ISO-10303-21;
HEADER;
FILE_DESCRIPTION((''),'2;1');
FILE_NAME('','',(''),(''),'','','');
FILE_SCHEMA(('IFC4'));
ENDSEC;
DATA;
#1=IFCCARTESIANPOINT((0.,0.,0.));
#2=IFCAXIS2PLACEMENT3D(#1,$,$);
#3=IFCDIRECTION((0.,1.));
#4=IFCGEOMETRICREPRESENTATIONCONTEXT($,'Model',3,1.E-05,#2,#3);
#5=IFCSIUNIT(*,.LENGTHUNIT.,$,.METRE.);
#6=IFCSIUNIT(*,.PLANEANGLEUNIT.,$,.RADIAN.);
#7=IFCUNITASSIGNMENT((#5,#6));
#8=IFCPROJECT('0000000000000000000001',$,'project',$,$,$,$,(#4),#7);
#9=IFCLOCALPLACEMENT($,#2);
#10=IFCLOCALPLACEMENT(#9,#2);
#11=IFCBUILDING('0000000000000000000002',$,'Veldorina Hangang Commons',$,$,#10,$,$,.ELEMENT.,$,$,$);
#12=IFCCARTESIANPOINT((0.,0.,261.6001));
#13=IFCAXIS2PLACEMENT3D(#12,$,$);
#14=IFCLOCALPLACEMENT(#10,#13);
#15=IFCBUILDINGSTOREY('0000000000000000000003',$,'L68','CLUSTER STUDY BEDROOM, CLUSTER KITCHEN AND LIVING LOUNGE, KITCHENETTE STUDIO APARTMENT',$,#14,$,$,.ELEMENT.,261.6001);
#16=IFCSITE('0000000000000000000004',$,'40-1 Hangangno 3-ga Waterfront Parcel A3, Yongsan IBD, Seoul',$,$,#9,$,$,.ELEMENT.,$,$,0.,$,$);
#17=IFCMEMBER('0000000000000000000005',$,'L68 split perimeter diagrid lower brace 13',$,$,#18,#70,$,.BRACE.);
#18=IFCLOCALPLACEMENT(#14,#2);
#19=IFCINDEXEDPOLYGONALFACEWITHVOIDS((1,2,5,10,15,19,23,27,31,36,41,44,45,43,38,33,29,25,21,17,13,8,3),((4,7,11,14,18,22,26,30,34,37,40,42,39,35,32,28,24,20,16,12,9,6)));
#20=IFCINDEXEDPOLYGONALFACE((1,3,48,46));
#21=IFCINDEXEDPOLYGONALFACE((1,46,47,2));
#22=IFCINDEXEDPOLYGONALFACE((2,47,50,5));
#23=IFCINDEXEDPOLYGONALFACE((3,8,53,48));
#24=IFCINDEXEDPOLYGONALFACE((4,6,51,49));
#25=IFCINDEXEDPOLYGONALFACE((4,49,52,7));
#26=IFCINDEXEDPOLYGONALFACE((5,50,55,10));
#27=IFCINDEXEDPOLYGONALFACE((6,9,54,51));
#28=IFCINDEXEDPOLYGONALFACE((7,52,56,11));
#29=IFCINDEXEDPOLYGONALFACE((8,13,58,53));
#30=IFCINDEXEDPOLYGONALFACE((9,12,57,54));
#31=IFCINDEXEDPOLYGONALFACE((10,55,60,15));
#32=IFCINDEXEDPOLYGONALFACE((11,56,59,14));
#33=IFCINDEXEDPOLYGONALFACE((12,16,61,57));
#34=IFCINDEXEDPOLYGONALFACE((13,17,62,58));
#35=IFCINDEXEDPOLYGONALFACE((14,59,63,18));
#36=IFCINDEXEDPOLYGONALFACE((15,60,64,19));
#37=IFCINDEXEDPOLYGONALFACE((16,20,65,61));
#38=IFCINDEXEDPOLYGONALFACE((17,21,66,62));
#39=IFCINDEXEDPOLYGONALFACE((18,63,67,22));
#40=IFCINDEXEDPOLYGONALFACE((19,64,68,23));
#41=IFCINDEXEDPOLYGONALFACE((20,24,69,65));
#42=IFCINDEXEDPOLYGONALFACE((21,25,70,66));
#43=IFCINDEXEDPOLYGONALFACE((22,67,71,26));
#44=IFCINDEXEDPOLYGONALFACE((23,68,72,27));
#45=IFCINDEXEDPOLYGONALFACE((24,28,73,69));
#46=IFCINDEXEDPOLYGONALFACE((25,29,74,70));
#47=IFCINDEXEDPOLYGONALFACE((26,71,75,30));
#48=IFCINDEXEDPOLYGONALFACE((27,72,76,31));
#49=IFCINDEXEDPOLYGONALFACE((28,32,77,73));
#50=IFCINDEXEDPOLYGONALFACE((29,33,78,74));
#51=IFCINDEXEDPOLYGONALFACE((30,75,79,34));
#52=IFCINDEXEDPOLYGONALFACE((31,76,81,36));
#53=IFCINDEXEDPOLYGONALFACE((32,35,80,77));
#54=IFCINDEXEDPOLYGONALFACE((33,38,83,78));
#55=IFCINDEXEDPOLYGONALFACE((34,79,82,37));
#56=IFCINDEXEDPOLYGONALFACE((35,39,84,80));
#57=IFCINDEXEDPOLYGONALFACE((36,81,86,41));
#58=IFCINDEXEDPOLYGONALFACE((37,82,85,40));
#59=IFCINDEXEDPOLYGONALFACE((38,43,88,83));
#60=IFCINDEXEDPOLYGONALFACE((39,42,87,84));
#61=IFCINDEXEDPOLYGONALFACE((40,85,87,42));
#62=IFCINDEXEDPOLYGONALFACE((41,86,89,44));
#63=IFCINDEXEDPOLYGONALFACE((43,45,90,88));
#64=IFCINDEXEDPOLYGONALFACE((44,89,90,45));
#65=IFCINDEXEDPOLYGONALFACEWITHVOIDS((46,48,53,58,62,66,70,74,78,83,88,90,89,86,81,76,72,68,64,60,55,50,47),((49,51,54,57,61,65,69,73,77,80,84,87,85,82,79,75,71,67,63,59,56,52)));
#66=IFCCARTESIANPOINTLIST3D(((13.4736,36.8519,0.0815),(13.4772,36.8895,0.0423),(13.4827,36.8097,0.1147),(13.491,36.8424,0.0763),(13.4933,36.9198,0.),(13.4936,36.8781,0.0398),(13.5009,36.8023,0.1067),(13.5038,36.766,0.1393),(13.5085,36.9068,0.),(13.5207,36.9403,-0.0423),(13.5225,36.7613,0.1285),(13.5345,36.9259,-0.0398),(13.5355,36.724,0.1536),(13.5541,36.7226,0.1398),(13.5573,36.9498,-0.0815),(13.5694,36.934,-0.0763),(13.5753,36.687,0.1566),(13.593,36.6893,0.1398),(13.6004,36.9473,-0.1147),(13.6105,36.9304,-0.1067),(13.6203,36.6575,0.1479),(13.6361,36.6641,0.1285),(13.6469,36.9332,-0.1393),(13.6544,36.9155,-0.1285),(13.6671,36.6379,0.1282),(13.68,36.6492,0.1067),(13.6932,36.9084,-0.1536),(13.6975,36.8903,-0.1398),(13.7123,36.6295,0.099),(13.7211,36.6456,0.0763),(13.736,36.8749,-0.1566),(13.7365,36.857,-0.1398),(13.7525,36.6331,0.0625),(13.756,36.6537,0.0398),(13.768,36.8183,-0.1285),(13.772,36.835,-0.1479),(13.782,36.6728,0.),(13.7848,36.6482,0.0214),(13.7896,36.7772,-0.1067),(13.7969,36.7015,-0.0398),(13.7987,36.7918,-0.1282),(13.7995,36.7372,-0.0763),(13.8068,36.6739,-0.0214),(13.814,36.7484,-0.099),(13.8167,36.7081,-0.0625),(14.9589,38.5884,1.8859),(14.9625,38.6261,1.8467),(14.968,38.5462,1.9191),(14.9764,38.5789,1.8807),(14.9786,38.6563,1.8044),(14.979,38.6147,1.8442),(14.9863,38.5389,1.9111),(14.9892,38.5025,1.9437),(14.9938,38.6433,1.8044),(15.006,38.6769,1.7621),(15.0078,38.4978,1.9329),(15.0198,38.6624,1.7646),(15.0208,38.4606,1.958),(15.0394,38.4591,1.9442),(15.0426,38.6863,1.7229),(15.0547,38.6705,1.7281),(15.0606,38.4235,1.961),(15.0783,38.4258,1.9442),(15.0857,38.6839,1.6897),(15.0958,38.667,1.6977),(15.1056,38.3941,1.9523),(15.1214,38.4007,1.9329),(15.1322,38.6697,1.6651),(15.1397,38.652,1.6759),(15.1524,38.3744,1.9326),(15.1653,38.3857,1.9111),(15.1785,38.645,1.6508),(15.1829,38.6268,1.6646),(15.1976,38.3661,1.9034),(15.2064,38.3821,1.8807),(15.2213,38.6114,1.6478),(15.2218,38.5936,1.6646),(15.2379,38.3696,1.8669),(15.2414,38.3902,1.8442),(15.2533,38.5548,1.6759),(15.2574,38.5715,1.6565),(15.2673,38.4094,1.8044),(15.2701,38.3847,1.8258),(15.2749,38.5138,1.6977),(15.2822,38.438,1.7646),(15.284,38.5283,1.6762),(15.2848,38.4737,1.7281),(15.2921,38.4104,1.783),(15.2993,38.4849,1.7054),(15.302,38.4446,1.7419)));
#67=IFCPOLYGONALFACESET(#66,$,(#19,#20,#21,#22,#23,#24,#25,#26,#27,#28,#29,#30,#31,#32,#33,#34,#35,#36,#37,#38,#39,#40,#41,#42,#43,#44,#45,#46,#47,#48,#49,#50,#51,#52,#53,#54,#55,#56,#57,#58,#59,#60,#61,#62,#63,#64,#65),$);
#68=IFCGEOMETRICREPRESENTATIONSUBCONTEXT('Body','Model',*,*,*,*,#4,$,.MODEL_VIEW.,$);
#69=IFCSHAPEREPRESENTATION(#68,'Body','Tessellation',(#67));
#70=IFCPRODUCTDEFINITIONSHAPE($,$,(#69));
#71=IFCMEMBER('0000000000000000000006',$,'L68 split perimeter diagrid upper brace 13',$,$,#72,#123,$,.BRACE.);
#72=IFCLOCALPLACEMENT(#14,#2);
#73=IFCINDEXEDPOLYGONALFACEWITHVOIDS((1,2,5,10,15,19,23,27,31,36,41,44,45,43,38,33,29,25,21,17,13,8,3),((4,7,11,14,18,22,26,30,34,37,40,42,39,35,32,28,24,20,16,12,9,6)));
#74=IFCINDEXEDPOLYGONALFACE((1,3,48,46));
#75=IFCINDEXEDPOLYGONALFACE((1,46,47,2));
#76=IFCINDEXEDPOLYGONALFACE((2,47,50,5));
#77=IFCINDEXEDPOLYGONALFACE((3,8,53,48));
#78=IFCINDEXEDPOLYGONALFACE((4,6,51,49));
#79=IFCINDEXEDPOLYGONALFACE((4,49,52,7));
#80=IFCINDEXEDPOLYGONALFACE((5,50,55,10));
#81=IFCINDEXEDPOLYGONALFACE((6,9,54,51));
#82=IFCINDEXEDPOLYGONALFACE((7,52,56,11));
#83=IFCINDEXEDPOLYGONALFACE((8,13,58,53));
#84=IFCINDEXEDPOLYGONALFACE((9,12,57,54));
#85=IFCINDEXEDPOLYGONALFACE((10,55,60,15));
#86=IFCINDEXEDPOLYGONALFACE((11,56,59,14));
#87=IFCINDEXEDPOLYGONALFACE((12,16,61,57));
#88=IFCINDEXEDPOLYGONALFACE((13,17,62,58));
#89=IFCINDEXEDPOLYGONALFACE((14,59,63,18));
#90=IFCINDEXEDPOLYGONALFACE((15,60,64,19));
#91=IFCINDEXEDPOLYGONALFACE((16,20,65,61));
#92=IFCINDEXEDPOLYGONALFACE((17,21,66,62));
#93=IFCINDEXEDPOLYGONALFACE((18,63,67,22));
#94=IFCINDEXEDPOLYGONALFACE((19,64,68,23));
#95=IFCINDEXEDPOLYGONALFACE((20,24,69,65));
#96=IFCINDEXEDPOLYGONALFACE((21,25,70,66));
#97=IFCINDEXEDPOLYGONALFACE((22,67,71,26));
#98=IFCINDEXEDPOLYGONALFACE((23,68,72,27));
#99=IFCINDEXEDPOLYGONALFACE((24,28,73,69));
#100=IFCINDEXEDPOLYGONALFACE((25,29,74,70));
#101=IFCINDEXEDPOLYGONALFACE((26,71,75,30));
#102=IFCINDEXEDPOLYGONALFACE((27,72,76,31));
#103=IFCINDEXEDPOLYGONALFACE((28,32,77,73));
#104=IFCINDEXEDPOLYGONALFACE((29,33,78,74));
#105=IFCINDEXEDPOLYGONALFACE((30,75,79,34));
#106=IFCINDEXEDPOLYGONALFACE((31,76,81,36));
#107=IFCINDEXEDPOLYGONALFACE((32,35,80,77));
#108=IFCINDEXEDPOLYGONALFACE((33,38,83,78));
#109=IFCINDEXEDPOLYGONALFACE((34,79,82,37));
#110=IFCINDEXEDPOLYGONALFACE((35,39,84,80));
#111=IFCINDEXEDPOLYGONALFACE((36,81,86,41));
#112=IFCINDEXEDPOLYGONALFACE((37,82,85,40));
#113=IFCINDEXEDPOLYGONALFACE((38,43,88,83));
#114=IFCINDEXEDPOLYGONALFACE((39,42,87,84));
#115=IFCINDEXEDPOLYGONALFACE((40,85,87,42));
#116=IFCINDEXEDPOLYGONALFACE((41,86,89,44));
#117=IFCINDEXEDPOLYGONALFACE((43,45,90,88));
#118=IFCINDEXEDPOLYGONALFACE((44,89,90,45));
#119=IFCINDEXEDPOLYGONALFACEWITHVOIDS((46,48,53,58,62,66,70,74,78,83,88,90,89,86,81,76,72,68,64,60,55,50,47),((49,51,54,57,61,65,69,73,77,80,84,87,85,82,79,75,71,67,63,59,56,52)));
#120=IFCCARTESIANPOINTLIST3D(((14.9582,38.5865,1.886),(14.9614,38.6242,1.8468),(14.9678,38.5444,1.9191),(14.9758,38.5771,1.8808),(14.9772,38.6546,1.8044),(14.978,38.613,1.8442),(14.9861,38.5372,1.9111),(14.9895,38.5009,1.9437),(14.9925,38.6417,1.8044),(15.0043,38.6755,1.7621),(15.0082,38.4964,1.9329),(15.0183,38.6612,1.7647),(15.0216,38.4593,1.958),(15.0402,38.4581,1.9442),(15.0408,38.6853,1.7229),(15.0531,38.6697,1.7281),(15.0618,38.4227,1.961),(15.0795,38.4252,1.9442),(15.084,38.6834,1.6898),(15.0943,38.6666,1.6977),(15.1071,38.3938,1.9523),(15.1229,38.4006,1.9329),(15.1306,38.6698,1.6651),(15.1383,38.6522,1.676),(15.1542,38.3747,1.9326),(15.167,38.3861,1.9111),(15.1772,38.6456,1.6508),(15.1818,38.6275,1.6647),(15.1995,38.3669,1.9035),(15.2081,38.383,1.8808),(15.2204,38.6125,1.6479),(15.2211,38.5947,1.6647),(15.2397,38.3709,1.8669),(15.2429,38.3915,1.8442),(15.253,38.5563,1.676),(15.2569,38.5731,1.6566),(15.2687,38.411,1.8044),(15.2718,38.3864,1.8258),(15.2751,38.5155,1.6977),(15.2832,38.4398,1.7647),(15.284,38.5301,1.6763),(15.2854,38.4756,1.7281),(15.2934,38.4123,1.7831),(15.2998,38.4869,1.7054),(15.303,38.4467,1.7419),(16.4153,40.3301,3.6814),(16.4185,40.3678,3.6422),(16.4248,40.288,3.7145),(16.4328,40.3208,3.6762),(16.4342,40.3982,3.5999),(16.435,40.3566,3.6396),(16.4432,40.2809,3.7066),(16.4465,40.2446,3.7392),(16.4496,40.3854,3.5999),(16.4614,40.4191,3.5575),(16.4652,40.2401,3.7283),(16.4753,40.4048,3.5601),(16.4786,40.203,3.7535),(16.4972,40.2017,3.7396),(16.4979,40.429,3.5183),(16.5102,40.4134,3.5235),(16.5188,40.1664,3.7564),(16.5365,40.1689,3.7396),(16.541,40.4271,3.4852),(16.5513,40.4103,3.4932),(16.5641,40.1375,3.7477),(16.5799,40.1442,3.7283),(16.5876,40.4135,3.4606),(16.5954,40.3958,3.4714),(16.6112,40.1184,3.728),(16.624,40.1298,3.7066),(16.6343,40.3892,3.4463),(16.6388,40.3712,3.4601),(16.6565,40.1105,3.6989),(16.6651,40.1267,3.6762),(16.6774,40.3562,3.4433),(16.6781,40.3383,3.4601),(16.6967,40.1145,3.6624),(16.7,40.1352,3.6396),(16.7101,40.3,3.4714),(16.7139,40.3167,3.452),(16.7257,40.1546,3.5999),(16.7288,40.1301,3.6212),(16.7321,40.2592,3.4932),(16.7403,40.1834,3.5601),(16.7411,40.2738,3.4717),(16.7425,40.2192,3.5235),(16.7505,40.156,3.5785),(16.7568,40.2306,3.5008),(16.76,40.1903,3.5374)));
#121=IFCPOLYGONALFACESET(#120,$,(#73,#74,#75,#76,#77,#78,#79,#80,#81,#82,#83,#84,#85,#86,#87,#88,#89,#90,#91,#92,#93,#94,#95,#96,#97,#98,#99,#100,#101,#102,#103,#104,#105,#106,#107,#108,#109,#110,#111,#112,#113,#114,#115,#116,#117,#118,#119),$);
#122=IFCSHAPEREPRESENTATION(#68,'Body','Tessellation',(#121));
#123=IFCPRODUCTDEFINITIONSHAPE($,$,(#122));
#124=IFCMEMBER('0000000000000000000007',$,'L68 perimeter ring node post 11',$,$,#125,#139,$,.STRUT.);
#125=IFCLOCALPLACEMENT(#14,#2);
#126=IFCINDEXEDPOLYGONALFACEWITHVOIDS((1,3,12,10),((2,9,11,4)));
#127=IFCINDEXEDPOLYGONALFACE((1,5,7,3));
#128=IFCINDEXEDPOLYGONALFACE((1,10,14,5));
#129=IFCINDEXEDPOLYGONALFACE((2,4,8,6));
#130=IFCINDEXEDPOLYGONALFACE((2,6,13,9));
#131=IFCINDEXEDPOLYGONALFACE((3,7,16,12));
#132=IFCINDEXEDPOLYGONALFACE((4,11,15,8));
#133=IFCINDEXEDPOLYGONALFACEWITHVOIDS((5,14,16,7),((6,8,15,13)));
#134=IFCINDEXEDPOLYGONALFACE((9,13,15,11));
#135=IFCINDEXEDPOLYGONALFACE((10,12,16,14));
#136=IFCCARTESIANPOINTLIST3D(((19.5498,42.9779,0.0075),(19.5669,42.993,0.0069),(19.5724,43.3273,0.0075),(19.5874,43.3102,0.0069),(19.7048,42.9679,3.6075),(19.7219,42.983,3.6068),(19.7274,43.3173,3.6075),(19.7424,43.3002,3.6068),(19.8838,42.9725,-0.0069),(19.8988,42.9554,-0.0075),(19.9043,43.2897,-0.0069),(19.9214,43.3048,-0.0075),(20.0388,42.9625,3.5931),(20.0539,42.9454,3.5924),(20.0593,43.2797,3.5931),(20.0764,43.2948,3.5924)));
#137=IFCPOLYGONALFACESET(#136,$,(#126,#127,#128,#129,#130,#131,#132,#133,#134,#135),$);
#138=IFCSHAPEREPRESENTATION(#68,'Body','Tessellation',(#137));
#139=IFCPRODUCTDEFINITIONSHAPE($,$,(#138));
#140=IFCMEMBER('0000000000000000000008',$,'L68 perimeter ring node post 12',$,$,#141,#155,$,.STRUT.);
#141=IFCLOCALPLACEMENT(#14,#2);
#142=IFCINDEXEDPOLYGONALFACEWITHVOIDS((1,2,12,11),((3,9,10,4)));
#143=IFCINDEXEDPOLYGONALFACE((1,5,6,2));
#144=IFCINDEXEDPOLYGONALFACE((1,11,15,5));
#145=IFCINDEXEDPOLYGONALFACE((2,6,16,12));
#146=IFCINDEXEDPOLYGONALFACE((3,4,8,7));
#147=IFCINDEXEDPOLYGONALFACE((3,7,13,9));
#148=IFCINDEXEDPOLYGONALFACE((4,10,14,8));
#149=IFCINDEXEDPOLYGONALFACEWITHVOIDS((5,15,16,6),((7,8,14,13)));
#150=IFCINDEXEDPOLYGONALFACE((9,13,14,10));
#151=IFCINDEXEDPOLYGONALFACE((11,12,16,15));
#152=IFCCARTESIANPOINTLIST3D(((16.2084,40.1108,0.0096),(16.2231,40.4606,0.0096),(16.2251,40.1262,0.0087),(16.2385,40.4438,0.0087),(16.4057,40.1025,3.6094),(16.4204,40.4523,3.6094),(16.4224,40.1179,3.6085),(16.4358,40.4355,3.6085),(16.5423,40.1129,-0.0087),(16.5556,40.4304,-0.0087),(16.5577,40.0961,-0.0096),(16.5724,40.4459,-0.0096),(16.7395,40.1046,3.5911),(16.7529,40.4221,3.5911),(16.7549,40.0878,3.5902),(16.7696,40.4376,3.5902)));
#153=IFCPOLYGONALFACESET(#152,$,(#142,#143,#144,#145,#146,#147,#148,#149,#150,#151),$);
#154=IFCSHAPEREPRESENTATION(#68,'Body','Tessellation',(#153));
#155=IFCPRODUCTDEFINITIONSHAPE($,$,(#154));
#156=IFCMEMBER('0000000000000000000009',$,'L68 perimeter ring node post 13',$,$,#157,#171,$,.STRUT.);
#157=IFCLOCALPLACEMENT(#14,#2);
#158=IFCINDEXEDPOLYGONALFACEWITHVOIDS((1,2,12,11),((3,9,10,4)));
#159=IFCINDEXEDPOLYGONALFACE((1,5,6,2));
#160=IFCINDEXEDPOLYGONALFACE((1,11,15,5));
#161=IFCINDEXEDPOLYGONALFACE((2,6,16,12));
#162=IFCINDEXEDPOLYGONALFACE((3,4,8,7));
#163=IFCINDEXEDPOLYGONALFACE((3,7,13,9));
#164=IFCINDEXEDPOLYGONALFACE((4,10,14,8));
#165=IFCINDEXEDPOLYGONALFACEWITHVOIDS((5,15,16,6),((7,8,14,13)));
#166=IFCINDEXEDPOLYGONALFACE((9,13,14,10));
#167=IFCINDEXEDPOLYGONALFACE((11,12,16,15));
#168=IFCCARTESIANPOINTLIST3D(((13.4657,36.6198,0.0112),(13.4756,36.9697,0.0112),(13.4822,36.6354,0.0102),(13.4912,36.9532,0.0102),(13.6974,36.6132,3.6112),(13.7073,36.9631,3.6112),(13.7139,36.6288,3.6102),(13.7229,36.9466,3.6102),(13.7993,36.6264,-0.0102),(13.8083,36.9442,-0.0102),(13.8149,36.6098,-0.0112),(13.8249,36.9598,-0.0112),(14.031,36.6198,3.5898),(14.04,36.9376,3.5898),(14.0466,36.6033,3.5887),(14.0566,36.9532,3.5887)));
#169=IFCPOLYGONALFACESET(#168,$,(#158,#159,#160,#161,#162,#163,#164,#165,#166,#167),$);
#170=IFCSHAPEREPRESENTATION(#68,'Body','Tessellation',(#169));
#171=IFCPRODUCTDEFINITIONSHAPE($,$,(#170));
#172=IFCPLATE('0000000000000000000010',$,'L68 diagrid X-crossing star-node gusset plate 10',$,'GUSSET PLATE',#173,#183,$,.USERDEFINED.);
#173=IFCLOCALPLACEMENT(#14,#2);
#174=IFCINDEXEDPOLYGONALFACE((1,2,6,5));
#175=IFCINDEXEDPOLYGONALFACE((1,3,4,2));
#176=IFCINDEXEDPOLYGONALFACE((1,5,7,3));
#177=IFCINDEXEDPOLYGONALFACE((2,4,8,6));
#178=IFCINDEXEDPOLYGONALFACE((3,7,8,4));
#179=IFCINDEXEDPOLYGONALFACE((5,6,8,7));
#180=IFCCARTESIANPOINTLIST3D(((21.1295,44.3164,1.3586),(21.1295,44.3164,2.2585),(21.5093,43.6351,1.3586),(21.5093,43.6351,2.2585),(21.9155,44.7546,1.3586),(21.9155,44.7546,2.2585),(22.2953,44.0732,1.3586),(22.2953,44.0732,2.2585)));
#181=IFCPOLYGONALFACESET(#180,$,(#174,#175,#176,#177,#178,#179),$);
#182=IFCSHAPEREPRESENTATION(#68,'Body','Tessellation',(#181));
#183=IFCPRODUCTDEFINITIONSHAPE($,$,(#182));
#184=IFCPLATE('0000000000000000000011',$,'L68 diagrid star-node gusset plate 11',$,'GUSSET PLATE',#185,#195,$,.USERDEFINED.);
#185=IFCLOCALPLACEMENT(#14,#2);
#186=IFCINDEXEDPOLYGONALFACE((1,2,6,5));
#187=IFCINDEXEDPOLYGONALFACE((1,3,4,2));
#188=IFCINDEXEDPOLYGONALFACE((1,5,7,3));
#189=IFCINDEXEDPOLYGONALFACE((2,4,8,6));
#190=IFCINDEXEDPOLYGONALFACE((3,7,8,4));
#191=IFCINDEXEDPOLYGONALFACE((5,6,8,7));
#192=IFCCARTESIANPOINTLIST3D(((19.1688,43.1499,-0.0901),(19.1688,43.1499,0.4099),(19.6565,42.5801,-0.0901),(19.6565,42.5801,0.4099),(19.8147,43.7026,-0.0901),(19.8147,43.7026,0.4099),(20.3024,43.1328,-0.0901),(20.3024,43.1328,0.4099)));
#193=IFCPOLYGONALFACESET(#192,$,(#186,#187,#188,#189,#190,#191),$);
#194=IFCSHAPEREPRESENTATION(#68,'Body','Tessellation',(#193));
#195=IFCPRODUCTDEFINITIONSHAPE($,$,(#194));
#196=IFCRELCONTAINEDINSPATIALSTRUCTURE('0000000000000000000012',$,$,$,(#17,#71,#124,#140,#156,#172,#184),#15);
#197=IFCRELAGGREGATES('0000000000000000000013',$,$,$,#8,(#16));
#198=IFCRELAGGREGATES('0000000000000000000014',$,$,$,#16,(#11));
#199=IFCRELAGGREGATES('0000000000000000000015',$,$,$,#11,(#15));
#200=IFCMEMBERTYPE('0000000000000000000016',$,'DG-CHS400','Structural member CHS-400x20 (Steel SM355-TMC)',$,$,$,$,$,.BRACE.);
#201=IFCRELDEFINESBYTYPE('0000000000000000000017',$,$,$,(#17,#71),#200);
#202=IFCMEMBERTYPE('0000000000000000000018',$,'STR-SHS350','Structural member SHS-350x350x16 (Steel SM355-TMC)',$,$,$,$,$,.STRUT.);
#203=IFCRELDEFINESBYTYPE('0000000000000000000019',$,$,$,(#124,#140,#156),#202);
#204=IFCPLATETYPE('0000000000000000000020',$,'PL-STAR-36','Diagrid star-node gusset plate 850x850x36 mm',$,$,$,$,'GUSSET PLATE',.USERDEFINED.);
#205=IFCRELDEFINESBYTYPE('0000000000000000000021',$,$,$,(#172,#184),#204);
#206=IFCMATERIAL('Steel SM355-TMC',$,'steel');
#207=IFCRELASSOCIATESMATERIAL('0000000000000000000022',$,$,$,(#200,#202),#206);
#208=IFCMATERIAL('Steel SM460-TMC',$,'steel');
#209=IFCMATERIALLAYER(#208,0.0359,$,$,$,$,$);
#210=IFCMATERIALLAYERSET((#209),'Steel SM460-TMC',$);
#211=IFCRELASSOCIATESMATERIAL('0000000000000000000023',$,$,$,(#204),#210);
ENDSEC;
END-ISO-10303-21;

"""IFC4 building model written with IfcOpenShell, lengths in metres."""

from ifc_helpers import new_model, si_unit, direction, frame, origin, origin_2d, place, context, subcontext, project, spatial, rectangle, hollow_rectangle, hollow_circle, extrude, material, layer, layer_set, material_profile, profile_set, type_object, element, save


model = new_model("IFC4")

# Units and contexts
model_context = context("Model", 3, precision=1e-05, world=origin(), true_north=direction((0.0, 1.0)))
body_context = subcontext(model_context, "Body", "Model", "MODEL_VIEW")
ifc_project = project(units=[si_unit("LENGTHUNIT", "METRE"), si_unit("PLANEANGLEUNIT", "RADIAN")], contexts=[model_context])

# Site, building, storey
site_placement = place(None, origin())
site = spatial("IfcSite", under=ifc_project, at=site_placement, Name="40-1 Hangangno 3-ga Waterfront Parcel A3, Yongsan IBD, Seoul", CompositionType="ELEMENT", RefElevation=0.0)
building_placement = place(site_placement, origin())
building = spatial("IfcBuilding", under=site, at=building_placement, Name="Veldorina Hangang Commons", CompositionType="ELEMENT")
storey_placement = place(building_placement, frame((0.0, 0.0, 261.6001)))
storey = spatial("IfcBuildingStorey", under=building, at=storey_placement, Name="L68", Description="CLUSTER STUDY BEDROOM, CLUSTER KITCHEN AND LIVING LOUNGE, KITCHENETTE STUDIO APARTMENT", CompositionType="ELEMENT", Elevation=261.6001)

# Shared definitions
ifc_material_1 = material(Name="Steel SM355-TMC", Category="steel")

# Members
ifc_material_profile_1 = material_profile(ifc_material_1, hollow_circle(Radius=0.2, WallThickness=0.02, at=origin_2d()), Name="CHS-400x20")
ifc_profile_set_1 = profile_set([ifc_material_profile_1], Name="Steel SM355-TMC")
member_type_1 = type_object("IfcMemberType", Name="DG-CHS400", Description="Structural member CHS-400x20 (Steel SM355-TMC)", PredefinedType="BRACE", material=ifc_profile_set_1)
member_1_placement = place(storey_placement, frame((13.6453, 36.7898, 0.0), z_axis=(0.510133, 0.596413, 0.619723), x_axis=(-0.759935, 0.649999, 0.0)))
element("IfcMember", 1, at=member_1_placement, inside=storey, type_object=member_type_1, Name="L68 split perimeter diagrid lower brace 13", PredefinedType="BRACE", context=body_context, shape_type="SweptSolid", body=[
    extrude(hollow_circle(Radius=0.2, WallThickness=0.02, at=origin_2d()), origin(), (0.0, 0.0, 1.0), 2.9116),
])
member_2_placement = place(storey_placement, frame((15.1306, 38.5264, 1.8044), z_axis=(0.50312, 0.602092, 0.619964), x_axis=(-0.767358, 0.641219, 0.0)))
element("IfcMember", 2, at=member_2_placement, inside=storey, type_object=member_type_1, Name="L68 split perimeter diagrid upper brace 13", PredefinedType="BRACE", context=body_context, shape_type="SweptSolid", body=[
    extrude(hollow_circle(Radius=0.2, WallThickness=0.02, at=origin_2d()), origin(), (0.0, 0.0, 1.0), 2.896),
])
ifc_material_profile_2 = material_profile(ifc_material_1, hollow_rectangle(XDim=0.3501, YDim=0.3501, WallThickness=0.0161, at=origin_2d()), Name="SHS-350x350x16")
ifc_profile_set_2 = profile_set([ifc_material_profile_2], Name="Steel SM355-TMC")
member_type_2 = type_object("IfcMemberType", Name="STR-SHS350", Description="Structural member SHS-350x350x16 (Steel SM355-TMC)", PredefinedType="STRUT", material=ifc_profile_set_2)
member_3_placement = place(storey_placement, frame((19.7356, 43.1414, 0.0), z_axis=(0.043025, -0.002778, 0.99907), x_axis=(0.064433, 0.997922, 0.0)))
element("IfcMember", 3, at=member_3_placement, inside=storey, type_object=member_type_2, Name="L68 perimeter ring node post 11", PredefinedType="STRUT", context=body_context, shape_type="SweptSolid", body=[
    extrude(hollow_rectangle(XDim=0.3501, YDim=0.3501, WallThickness=0.0161, at=origin_2d()), origin(), (0.0, 0.0, 1.0), 3.6033),
])
member_4_placement = place(storey_placement, frame((16.3904, 40.2783, 0.0), z_axis=(0.054716, -0.002302, 0.998499), x_axis=(0.042042, 0.999116, 0.0)))
element("IfcMember", 4, at=member_4_placement, inside=storey, type_object=member_type_2, Name="L68 perimeter ring node post 12", PredefinedType="STRUT", context=body_context, shape_type="SweptSolid", body=[
    extrude(hollow_rectangle(XDim=0.3501, YDim=0.3501, WallThickness=0.0161, at=origin_2d()), origin(), (0.0, 0.0, 1.0), 3.6052),
])
member_5_placement = place(storey_placement, frame((13.6453, 36.7898, 0.0), z_axis=(0.064228, -0.001827, 0.997934), x_axis=(0.028439, 0.999596, 0.0)))
element("IfcMember", 5, at=member_5_placement, inside=storey, type_object=member_type_2, Name="L68 perimeter ring node post 13", PredefinedType="STRUT", context=body_context, shape_type="SweptSolid", body=[
    extrude(hollow_rectangle(XDim=0.3501, YDim=0.3501, WallThickness=0.0161, at=origin_2d()), origin(), (0.0, 0.0, 1.0), 3.6074),
])

# Plates
ifc_material_2 = material(Name="Steel SM460-TMC", Category="steel")
ifc_layer_1 = layer(ifc_material_2, 0.0359)
ifc_layer_set_1 = layer_set([ifc_layer_1], Name="Steel SM460-TMC")
plate_type = type_object("IfcPlateType", Name="PL-STAR-36", Description="Diagrid star-node gusset plate 850x850x36 mm", ElementType="GUSSET PLATE", PredefinedType="USERDEFINED", material=ifc_layer_set_1)
plate_1_placement = place(storey_placement, frame((21.7124, 44.1948, 1.3586), z_axis=(0.0, 0.0, 1.0), x_axis=(-0.873466, -0.486884, 0.0)))
element("IfcPlate", 6, at=plate_1_placement, inside=storey, type_object=plate_type, Name="L68 diagrid X-crossing star-node gusset plate 10", ObjectType="GUSSET PLATE", PredefinedType="USERDEFINED", context=body_context, shape_type="SweptSolid", body=[
    extrude(rectangle(XDim=0.8999, YDim=0.78, at=origin_2d()), origin(), (0.0, 0.0, 1.0), 0.8999),
])
for number, where, z_axis, x_axis, name in (
    (7, (19.7356, 43.1414, -0.0901), (0.0, 0.0, 1.0), (-0.759737, -0.650231, 0.0), "L68 diagrid star-node gusset plate 11"),
):
    element("IfcPlate", number, at=place(storey_placement, frame(where, z_axis=z_axis, x_axis=x_axis)), inside=storey, type_object=plate_type, Name=name, ObjectType="GUSSET PLATE", PredefinedType="USERDEFINED", context=body_context, shape_type="SweptSolid", body=[
        extrude(rectangle(XDim=0.8501, YDim=0.75, at=origin_2d()), origin(), (0.0, 0.0, 1.0), 0.5),
    ])

save(model, "model.ifc")
